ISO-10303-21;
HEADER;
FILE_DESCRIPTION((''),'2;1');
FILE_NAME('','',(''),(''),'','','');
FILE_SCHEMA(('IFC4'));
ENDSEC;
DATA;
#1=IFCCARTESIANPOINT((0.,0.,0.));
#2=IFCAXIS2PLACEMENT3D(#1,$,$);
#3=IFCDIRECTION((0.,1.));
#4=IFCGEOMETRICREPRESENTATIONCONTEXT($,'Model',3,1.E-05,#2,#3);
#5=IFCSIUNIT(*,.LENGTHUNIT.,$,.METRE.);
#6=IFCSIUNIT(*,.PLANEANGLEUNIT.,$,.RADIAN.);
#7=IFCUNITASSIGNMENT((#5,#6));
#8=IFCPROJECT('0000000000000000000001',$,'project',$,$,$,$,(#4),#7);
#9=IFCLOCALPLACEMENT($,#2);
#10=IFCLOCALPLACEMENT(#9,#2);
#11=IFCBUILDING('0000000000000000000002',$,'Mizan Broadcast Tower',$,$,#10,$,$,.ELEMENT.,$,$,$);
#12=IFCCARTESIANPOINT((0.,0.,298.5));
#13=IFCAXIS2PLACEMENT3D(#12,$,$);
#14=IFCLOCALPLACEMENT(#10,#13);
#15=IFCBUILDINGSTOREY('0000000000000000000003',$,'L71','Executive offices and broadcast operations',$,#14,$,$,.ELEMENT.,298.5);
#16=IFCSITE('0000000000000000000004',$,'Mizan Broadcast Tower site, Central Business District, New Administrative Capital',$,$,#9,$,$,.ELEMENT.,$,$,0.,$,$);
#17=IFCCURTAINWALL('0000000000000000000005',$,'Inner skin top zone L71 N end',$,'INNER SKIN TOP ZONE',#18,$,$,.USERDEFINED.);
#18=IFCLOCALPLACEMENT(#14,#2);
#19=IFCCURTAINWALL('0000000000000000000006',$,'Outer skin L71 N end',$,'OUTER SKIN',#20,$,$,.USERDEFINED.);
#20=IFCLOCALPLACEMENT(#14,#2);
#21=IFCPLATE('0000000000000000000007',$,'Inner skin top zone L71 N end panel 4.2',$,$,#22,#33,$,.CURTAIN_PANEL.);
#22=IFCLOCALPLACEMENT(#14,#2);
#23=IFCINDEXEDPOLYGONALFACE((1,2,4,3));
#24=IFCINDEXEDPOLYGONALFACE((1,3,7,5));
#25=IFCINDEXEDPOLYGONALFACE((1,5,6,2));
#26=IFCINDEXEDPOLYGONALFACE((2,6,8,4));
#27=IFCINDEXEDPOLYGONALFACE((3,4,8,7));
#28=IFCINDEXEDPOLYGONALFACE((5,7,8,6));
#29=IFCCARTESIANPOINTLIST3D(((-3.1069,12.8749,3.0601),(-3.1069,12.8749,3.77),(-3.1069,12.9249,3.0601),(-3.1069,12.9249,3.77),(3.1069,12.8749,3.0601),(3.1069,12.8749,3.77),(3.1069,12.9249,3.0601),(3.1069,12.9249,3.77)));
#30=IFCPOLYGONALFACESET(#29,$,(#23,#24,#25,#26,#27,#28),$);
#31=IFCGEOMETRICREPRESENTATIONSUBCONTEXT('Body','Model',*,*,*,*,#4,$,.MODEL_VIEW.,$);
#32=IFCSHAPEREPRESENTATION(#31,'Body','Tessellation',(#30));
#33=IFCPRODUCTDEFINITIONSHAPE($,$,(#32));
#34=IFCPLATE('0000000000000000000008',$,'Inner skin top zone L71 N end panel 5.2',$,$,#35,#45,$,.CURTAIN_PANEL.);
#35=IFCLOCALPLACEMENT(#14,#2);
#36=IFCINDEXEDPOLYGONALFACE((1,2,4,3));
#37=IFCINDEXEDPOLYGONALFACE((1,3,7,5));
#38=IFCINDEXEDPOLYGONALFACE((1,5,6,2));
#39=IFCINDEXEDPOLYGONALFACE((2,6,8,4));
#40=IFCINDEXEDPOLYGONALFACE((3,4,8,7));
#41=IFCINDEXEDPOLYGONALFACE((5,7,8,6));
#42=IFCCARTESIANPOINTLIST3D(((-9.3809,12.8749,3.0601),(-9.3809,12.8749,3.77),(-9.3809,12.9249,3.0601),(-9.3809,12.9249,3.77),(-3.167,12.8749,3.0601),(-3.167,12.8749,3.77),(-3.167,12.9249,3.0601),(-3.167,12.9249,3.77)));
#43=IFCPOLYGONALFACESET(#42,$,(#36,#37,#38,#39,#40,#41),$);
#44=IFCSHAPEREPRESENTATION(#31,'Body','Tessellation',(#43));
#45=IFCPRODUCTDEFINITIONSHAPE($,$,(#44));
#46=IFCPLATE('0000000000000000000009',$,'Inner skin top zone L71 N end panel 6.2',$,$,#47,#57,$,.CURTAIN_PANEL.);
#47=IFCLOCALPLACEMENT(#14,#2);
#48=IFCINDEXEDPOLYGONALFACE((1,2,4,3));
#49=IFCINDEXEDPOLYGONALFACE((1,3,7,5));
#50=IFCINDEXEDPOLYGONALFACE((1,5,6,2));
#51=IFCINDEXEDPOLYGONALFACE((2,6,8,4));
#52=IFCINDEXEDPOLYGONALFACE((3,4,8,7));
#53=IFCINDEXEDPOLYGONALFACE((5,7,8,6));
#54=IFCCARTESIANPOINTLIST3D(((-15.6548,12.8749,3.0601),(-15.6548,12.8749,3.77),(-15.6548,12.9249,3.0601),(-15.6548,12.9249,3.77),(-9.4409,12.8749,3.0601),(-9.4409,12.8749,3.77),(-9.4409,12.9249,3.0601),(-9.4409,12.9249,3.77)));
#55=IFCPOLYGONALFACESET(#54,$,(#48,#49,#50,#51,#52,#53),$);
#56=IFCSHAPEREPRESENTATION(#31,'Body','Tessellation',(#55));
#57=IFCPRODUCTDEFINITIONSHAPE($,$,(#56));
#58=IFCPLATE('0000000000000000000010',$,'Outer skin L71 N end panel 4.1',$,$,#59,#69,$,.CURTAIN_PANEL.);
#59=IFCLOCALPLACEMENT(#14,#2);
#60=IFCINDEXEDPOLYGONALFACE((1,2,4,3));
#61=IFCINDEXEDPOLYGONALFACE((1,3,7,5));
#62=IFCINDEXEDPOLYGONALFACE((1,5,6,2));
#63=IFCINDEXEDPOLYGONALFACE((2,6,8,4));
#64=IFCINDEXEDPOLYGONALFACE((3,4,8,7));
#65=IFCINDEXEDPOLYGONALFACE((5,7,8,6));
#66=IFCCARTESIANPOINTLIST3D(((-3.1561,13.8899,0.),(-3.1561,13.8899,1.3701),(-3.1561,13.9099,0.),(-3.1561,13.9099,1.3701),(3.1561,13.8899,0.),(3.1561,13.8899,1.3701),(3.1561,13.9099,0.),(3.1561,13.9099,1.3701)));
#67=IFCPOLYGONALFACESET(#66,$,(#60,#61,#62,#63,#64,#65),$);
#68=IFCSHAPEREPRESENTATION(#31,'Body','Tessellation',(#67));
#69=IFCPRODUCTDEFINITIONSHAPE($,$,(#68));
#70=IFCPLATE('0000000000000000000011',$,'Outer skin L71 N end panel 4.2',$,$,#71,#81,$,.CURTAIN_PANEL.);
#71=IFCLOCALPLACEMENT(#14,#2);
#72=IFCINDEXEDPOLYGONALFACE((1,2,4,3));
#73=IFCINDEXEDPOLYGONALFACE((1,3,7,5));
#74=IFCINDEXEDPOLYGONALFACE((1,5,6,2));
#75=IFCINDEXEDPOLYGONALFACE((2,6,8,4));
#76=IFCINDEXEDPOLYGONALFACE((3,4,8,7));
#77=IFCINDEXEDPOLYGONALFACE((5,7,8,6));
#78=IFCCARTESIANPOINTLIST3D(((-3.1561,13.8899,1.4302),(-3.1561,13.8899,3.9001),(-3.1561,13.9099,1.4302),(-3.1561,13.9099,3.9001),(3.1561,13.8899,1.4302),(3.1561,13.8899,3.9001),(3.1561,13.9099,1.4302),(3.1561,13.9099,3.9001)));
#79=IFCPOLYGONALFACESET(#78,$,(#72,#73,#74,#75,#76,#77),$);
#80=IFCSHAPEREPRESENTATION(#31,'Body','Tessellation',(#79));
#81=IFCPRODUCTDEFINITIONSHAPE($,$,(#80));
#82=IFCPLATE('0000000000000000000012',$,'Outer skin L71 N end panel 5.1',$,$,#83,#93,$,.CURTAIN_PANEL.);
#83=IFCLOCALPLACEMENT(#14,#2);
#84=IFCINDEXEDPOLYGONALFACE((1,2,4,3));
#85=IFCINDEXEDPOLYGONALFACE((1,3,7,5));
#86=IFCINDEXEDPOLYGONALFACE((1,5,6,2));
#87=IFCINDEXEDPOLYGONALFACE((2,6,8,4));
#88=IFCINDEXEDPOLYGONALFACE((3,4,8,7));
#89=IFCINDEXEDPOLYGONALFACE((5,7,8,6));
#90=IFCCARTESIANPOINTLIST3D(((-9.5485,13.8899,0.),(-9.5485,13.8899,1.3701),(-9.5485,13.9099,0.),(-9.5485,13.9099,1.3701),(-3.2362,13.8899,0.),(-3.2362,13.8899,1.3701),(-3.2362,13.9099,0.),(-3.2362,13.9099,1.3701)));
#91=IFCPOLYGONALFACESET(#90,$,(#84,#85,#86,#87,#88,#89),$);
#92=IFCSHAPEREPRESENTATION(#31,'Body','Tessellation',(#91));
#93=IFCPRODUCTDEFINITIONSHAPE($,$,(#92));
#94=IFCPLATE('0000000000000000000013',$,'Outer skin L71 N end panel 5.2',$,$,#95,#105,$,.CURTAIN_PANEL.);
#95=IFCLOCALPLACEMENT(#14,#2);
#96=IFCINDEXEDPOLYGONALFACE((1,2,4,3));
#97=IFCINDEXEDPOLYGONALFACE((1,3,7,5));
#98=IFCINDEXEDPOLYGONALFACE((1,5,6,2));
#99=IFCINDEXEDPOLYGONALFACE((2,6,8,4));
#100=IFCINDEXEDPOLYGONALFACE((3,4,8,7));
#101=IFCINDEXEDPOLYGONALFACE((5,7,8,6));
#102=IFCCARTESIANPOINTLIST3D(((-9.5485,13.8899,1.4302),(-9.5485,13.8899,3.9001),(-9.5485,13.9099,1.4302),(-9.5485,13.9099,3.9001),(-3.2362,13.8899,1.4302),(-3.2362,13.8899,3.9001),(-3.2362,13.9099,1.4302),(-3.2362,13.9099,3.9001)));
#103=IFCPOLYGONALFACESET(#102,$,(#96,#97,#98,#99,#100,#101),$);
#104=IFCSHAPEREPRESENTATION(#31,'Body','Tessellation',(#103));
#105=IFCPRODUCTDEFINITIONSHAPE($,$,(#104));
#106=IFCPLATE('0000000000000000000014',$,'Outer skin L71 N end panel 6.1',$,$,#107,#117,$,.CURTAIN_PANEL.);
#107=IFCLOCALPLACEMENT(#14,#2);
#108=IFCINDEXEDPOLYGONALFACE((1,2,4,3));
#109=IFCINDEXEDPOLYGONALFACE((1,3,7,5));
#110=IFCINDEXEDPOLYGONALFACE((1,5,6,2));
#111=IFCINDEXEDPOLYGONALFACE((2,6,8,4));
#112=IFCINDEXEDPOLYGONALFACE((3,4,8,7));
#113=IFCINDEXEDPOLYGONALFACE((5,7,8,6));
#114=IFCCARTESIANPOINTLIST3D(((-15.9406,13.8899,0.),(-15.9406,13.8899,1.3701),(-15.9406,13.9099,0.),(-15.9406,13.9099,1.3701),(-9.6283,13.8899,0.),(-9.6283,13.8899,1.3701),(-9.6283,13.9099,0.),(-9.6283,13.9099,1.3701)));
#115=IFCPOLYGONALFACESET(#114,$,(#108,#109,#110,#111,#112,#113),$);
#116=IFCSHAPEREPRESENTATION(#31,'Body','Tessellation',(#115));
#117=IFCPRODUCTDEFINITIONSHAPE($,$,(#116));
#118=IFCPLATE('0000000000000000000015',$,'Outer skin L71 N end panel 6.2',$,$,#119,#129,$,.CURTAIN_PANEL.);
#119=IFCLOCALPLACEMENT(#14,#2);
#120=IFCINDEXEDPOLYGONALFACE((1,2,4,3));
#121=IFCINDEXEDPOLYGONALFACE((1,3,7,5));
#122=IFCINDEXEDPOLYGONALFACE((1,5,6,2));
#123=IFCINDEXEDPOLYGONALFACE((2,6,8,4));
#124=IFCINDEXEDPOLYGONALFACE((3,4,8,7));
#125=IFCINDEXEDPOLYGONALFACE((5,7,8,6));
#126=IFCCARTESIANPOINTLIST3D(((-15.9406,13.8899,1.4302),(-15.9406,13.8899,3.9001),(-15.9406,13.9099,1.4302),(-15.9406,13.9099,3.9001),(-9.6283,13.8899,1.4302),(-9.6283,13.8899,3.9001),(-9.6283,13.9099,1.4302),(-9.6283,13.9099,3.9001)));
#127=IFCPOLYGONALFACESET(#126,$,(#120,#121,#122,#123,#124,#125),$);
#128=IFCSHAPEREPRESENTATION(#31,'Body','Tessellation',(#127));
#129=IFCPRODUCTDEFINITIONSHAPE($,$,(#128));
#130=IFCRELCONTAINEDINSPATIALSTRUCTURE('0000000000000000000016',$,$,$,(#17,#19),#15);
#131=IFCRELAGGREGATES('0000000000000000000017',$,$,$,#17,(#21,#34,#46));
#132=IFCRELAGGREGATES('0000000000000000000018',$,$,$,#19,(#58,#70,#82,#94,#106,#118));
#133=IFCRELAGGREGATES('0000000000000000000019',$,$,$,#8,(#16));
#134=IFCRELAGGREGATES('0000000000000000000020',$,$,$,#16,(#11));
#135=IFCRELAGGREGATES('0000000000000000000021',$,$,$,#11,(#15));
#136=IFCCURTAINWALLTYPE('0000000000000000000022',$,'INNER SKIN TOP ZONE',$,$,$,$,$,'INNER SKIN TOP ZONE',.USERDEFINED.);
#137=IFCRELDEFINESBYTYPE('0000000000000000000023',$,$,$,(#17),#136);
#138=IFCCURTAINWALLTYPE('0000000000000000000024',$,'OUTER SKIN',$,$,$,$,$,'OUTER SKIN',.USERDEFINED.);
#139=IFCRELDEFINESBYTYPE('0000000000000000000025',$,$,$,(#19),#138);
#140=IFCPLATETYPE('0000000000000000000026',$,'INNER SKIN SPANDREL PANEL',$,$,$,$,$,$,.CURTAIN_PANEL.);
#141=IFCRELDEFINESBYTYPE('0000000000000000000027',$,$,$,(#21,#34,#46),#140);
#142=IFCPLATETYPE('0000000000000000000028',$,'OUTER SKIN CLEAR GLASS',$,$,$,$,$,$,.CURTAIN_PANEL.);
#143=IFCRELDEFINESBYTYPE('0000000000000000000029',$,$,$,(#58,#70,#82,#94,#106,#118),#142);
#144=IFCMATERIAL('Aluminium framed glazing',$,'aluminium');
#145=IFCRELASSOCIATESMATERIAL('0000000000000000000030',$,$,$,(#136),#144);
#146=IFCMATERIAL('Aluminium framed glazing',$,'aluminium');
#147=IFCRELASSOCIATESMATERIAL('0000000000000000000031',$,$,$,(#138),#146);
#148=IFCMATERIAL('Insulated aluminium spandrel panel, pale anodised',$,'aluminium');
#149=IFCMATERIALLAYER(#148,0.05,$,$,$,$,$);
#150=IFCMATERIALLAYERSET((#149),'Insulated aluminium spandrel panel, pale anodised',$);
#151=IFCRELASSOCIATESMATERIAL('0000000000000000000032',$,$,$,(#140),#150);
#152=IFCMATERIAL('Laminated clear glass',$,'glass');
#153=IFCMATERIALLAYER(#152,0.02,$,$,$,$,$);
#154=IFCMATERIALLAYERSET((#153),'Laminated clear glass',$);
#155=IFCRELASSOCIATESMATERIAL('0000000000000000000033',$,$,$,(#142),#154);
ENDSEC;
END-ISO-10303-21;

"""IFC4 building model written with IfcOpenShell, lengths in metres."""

from ifc_helpers import new_model, si_unit, direction, frame, origin, origin_2d, place, context, subcontext, project, spatial, rectangle, extrude, material, layer, layer_set, type_object, element, aggregate, save


model = new_model("IFC4")

# Units and contexts
model_context = context("Model", 3, precision=1e-05, world=origin(), true_north=direction((0.0, 1.0)))
body_context = subcontext(model_context, "Body", "Model", "MODEL_VIEW")
ifc_project = project(units=[si_unit("LENGTHUNIT", "METRE"), si_unit("PLANEANGLEUNIT", "RADIAN")], contexts=[model_context])

# Site, building, storey
site_placement = place(None, origin())
site = spatial("IfcSite", under=ifc_project, at=site_placement, Name="Mizan Broadcast Tower site, Central Business District, New Administrative Capital", CompositionType="ELEMENT", RefElevation=0.0)
building_placement = place(site_placement, origin())
building = spatial("IfcBuilding", under=site, at=building_placement, Name="Mizan Broadcast Tower", CompositionType="ELEMENT")
storey_placement = place(building_placement, frame((0.0, 0.0, 298.5)))
storey = spatial("IfcBuildingStorey", under=building, at=storey_placement, Name="L71", Description="Executive offices and broadcast operations", CompositionType="ELEMENT", Elevation=298.5)

# Curtain walls
ifc_material_1 = material(Name="Aluminium framed glazing", Category="aluminium")
curtain_wall_type_1 = type_object("IfcCurtainWallType", Name="INNER SKIN TOP ZONE", ElementType="INNER SKIN TOP ZONE", PredefinedType="USERDEFINED", material=ifc_material_1)
curtain_wall_1_placement = place(storey_placement, origin())
curtain_wall_1 = element("IfcCurtainWall", 1, at=curtain_wall_1_placement, inside=storey, type_object=curtain_wall_type_1, Name="Inner skin top zone L71 N end", ObjectType="INNER SKIN TOP ZONE", PredefinedType="USERDEFINED")
ifc_material_2 = material(Name="Aluminium framed glazing", Category="aluminium")
curtain_wall_type_2 = type_object("IfcCurtainWallType", Name="OUTER SKIN", ElementType="OUTER SKIN", PredefinedType="USERDEFINED", material=ifc_material_2)
curtain_wall_2_placement = place(storey_placement, origin())
curtain_wall_2 = element("IfcCurtainWall", 2, at=curtain_wall_2_placement, inside=storey, type_object=curtain_wall_type_2, Name="Outer skin L71 N end", ObjectType="OUTER SKIN", PredefinedType="USERDEFINED")

# Plates
ifc_material_3 = material(Name="Insulated aluminium spandrel panel, pale anodised", Category="aluminium")
ifc_layer_1 = layer(ifc_material_3, 0.05)
ifc_layer_set_1 = layer_set([ifc_layer_1], Name="Insulated aluminium spandrel panel, pale anodised")
plate_type_1 = type_object("IfcPlateType", Name="INNER SKIN SPANDREL PANEL", PredefinedType="CURTAIN_PANEL", material=ifc_layer_set_1)
plate_1_placement = place(storey_placement, frame((0.0, 12.8999, 3.0601), z_axis=(0.0, 0.0, 1.0), x_axis=(-1.0, 0.0, 0.0)))
plate_1 = element("IfcPlate", 3, at=plate_1_placement, type_object=plate_type_1, Name="Inner skin top zone L71 N end panel 4.2", PredefinedType="CURTAIN_PANEL", context=body_context, shape_type="SweptSolid", body=[
    extrude(rectangle(XDim=6.2139, YDim=0.05, at=origin_2d()), origin(), (0.0, 0.0, 1.0), 0.71),
])
plate_2_placement = place(storey_placement, frame((-6.2739, 12.8999, 3.0601), z_axis=(0.0, 0.0, 1.0), x_axis=(-1.0, 0.0, 0.0)))
plate_2 = element("IfcPlate", 4, at=plate_2_placement, type_object=plate_type_1, Name="Inner skin top zone L71 N end panel 5.2", PredefinedType="CURTAIN_PANEL", context=body_context, shape_type="SweptSolid", body=[
    extrude(rectangle(XDim=6.2139, YDim=0.05, at=origin_2d()), origin(), (0.0, 0.0, 1.0), 0.71),
])
plate_3_placement = place(storey_placement, frame((-12.5479, 12.8999, 3.0601), z_axis=(0.0, 0.0, 1.0), x_axis=(-1.0, 0.0, 0.0)))
plate_3 = element("IfcPlate", 5, at=plate_3_placement, type_object=plate_type_1, Name="Inner skin top zone L71 N end panel 6.2", PredefinedType="CURTAIN_PANEL", context=body_context, shape_type="SweptSolid", body=[
    extrude(rectangle(XDim=6.2139, YDim=0.05, at=origin_2d()), origin(), (0.0, 0.0, 1.0), 0.71),
])
aggregate(curtain_wall_1, [plate_1, plate_2, plate_3])
ifc_material_4 = material(Name="Laminated clear glass", Category="glass")
ifc_layer_2 = layer(ifc_material_4, 0.02)
ifc_layer_set_2 = layer_set([ifc_layer_2], Name="Laminated clear glass")
plate_type_2 = type_object("IfcPlateType", Name="OUTER SKIN CLEAR GLASS", PredefinedType="CURTAIN_PANEL", material=ifc_layer_set_2)
plate_4_placement = place(storey_placement, frame((0.0, 13.8999, 0.0), z_axis=(0.0, 0.0, 1.0), x_axis=(-1.0, 0.0, 0.0)))
plate_4 = element("IfcPlate", 6, at=plate_4_placement, type_object=plate_type_2, Name="Outer skin L71 N end panel 4.1", PredefinedType="CURTAIN_PANEL", context=body_context, shape_type="SweptSolid", body=[
    extrude(rectangle(XDim=6.3123, YDim=0.02, at=origin_2d()), origin(), (0.0, 0.0, 1.0), 1.3701),
])
plate_5_placement = place(storey_placement, frame((0.0, 13.8999, 1.4302), z_axis=(0.0, 0.0, 1.0), x_axis=(-1.0, 0.0, 0.0)))
plate_5 = element("IfcPlate", 7, at=plate_5_placement, type_object=plate_type_2, Name="Outer skin L71 N end panel 4.2", PredefinedType="CURTAIN_PANEL", context=body_context, shape_type="SweptSolid", body=[
    extrude(rectangle(XDim=6.3123, YDim=0.02, at=origin_2d()), origin(), (0.0, 0.0, 1.0), 2.47),
])
plate_6_placement = place(storey_placement, frame((-6.3923, 13.8999, 0.0), z_axis=(0.0, 0.0, 1.0), x_axis=(-1.0, 0.0, 0.0)))
plate_6 = element("IfcPlate", 8, at=plate_6_placement, type_object=plate_type_2, Name="Outer skin L71 N end panel 5.1", PredefinedType="CURTAIN_PANEL", context=body_context, shape_type="SweptSolid", body=[
    extrude(rectangle(XDim=6.3123, YDim=0.02, at=origin_2d()), origin(), (0.0, 0.0, 1.0), 1.3701),
])
plate_7_placement = place(storey_placement, frame((-6.3923, 13.8999, 1.4302), z_axis=(0.0, 0.0, 1.0), x_axis=(-1.0, 0.0, 0.0)))
plate_7 = element("IfcPlate", 9, at=plate_7_placement, type_object=plate_type_2, Name="Outer skin L71 N end panel 5.2", PredefinedType="CURTAIN_PANEL", context=body_context, shape_type="SweptSolid", body=[
    extrude(rectangle(XDim=6.3123, YDim=0.02, at=origin_2d()), origin(), (0.0, 0.0, 1.0), 2.47),
])
plate_8_placement = place(storey_placement, frame((-12.7844, 13.8999, 0.0), z_axis=(0.0, 0.0, 1.0), x_axis=(-1.0, 0.0, 0.0)))
plate_8 = element("IfcPlate", 10, at=plate_8_placement, type_object=plate_type_2, Name="Outer skin L71 N end panel 6.1", PredefinedType="CURTAIN_PANEL", context=body_context, shape_type="SweptSolid", body=[
    extrude(rectangle(XDim=6.3123, YDim=0.02, at=origin_2d()), origin(), (0.0, 0.0, 1.0), 1.3701),
])
plate_9_placement = place(storey_placement, frame((-12.7844, 13.8999, 1.4302), z_axis=(0.0, 0.0, 1.0), x_axis=(-1.0, 0.0, 0.0)))
plate_9 = element("IfcPlate", 11, at=plate_9_placement, type_object=plate_type_2, Name="Outer skin L71 N end panel 6.2", PredefinedType="CURTAIN_PANEL", context=body_context, shape_type="SweptSolid", body=[
    extrude(rectangle(XDim=6.3123, YDim=0.02, at=origin_2d()), origin(), (0.0, 0.0, 1.0), 2.47),
])
aggregate(curtain_wall_2, [plate_4, plate_5, plate_6, plate_7, plate_8, plate_9])

save(model, "model.ifc")
